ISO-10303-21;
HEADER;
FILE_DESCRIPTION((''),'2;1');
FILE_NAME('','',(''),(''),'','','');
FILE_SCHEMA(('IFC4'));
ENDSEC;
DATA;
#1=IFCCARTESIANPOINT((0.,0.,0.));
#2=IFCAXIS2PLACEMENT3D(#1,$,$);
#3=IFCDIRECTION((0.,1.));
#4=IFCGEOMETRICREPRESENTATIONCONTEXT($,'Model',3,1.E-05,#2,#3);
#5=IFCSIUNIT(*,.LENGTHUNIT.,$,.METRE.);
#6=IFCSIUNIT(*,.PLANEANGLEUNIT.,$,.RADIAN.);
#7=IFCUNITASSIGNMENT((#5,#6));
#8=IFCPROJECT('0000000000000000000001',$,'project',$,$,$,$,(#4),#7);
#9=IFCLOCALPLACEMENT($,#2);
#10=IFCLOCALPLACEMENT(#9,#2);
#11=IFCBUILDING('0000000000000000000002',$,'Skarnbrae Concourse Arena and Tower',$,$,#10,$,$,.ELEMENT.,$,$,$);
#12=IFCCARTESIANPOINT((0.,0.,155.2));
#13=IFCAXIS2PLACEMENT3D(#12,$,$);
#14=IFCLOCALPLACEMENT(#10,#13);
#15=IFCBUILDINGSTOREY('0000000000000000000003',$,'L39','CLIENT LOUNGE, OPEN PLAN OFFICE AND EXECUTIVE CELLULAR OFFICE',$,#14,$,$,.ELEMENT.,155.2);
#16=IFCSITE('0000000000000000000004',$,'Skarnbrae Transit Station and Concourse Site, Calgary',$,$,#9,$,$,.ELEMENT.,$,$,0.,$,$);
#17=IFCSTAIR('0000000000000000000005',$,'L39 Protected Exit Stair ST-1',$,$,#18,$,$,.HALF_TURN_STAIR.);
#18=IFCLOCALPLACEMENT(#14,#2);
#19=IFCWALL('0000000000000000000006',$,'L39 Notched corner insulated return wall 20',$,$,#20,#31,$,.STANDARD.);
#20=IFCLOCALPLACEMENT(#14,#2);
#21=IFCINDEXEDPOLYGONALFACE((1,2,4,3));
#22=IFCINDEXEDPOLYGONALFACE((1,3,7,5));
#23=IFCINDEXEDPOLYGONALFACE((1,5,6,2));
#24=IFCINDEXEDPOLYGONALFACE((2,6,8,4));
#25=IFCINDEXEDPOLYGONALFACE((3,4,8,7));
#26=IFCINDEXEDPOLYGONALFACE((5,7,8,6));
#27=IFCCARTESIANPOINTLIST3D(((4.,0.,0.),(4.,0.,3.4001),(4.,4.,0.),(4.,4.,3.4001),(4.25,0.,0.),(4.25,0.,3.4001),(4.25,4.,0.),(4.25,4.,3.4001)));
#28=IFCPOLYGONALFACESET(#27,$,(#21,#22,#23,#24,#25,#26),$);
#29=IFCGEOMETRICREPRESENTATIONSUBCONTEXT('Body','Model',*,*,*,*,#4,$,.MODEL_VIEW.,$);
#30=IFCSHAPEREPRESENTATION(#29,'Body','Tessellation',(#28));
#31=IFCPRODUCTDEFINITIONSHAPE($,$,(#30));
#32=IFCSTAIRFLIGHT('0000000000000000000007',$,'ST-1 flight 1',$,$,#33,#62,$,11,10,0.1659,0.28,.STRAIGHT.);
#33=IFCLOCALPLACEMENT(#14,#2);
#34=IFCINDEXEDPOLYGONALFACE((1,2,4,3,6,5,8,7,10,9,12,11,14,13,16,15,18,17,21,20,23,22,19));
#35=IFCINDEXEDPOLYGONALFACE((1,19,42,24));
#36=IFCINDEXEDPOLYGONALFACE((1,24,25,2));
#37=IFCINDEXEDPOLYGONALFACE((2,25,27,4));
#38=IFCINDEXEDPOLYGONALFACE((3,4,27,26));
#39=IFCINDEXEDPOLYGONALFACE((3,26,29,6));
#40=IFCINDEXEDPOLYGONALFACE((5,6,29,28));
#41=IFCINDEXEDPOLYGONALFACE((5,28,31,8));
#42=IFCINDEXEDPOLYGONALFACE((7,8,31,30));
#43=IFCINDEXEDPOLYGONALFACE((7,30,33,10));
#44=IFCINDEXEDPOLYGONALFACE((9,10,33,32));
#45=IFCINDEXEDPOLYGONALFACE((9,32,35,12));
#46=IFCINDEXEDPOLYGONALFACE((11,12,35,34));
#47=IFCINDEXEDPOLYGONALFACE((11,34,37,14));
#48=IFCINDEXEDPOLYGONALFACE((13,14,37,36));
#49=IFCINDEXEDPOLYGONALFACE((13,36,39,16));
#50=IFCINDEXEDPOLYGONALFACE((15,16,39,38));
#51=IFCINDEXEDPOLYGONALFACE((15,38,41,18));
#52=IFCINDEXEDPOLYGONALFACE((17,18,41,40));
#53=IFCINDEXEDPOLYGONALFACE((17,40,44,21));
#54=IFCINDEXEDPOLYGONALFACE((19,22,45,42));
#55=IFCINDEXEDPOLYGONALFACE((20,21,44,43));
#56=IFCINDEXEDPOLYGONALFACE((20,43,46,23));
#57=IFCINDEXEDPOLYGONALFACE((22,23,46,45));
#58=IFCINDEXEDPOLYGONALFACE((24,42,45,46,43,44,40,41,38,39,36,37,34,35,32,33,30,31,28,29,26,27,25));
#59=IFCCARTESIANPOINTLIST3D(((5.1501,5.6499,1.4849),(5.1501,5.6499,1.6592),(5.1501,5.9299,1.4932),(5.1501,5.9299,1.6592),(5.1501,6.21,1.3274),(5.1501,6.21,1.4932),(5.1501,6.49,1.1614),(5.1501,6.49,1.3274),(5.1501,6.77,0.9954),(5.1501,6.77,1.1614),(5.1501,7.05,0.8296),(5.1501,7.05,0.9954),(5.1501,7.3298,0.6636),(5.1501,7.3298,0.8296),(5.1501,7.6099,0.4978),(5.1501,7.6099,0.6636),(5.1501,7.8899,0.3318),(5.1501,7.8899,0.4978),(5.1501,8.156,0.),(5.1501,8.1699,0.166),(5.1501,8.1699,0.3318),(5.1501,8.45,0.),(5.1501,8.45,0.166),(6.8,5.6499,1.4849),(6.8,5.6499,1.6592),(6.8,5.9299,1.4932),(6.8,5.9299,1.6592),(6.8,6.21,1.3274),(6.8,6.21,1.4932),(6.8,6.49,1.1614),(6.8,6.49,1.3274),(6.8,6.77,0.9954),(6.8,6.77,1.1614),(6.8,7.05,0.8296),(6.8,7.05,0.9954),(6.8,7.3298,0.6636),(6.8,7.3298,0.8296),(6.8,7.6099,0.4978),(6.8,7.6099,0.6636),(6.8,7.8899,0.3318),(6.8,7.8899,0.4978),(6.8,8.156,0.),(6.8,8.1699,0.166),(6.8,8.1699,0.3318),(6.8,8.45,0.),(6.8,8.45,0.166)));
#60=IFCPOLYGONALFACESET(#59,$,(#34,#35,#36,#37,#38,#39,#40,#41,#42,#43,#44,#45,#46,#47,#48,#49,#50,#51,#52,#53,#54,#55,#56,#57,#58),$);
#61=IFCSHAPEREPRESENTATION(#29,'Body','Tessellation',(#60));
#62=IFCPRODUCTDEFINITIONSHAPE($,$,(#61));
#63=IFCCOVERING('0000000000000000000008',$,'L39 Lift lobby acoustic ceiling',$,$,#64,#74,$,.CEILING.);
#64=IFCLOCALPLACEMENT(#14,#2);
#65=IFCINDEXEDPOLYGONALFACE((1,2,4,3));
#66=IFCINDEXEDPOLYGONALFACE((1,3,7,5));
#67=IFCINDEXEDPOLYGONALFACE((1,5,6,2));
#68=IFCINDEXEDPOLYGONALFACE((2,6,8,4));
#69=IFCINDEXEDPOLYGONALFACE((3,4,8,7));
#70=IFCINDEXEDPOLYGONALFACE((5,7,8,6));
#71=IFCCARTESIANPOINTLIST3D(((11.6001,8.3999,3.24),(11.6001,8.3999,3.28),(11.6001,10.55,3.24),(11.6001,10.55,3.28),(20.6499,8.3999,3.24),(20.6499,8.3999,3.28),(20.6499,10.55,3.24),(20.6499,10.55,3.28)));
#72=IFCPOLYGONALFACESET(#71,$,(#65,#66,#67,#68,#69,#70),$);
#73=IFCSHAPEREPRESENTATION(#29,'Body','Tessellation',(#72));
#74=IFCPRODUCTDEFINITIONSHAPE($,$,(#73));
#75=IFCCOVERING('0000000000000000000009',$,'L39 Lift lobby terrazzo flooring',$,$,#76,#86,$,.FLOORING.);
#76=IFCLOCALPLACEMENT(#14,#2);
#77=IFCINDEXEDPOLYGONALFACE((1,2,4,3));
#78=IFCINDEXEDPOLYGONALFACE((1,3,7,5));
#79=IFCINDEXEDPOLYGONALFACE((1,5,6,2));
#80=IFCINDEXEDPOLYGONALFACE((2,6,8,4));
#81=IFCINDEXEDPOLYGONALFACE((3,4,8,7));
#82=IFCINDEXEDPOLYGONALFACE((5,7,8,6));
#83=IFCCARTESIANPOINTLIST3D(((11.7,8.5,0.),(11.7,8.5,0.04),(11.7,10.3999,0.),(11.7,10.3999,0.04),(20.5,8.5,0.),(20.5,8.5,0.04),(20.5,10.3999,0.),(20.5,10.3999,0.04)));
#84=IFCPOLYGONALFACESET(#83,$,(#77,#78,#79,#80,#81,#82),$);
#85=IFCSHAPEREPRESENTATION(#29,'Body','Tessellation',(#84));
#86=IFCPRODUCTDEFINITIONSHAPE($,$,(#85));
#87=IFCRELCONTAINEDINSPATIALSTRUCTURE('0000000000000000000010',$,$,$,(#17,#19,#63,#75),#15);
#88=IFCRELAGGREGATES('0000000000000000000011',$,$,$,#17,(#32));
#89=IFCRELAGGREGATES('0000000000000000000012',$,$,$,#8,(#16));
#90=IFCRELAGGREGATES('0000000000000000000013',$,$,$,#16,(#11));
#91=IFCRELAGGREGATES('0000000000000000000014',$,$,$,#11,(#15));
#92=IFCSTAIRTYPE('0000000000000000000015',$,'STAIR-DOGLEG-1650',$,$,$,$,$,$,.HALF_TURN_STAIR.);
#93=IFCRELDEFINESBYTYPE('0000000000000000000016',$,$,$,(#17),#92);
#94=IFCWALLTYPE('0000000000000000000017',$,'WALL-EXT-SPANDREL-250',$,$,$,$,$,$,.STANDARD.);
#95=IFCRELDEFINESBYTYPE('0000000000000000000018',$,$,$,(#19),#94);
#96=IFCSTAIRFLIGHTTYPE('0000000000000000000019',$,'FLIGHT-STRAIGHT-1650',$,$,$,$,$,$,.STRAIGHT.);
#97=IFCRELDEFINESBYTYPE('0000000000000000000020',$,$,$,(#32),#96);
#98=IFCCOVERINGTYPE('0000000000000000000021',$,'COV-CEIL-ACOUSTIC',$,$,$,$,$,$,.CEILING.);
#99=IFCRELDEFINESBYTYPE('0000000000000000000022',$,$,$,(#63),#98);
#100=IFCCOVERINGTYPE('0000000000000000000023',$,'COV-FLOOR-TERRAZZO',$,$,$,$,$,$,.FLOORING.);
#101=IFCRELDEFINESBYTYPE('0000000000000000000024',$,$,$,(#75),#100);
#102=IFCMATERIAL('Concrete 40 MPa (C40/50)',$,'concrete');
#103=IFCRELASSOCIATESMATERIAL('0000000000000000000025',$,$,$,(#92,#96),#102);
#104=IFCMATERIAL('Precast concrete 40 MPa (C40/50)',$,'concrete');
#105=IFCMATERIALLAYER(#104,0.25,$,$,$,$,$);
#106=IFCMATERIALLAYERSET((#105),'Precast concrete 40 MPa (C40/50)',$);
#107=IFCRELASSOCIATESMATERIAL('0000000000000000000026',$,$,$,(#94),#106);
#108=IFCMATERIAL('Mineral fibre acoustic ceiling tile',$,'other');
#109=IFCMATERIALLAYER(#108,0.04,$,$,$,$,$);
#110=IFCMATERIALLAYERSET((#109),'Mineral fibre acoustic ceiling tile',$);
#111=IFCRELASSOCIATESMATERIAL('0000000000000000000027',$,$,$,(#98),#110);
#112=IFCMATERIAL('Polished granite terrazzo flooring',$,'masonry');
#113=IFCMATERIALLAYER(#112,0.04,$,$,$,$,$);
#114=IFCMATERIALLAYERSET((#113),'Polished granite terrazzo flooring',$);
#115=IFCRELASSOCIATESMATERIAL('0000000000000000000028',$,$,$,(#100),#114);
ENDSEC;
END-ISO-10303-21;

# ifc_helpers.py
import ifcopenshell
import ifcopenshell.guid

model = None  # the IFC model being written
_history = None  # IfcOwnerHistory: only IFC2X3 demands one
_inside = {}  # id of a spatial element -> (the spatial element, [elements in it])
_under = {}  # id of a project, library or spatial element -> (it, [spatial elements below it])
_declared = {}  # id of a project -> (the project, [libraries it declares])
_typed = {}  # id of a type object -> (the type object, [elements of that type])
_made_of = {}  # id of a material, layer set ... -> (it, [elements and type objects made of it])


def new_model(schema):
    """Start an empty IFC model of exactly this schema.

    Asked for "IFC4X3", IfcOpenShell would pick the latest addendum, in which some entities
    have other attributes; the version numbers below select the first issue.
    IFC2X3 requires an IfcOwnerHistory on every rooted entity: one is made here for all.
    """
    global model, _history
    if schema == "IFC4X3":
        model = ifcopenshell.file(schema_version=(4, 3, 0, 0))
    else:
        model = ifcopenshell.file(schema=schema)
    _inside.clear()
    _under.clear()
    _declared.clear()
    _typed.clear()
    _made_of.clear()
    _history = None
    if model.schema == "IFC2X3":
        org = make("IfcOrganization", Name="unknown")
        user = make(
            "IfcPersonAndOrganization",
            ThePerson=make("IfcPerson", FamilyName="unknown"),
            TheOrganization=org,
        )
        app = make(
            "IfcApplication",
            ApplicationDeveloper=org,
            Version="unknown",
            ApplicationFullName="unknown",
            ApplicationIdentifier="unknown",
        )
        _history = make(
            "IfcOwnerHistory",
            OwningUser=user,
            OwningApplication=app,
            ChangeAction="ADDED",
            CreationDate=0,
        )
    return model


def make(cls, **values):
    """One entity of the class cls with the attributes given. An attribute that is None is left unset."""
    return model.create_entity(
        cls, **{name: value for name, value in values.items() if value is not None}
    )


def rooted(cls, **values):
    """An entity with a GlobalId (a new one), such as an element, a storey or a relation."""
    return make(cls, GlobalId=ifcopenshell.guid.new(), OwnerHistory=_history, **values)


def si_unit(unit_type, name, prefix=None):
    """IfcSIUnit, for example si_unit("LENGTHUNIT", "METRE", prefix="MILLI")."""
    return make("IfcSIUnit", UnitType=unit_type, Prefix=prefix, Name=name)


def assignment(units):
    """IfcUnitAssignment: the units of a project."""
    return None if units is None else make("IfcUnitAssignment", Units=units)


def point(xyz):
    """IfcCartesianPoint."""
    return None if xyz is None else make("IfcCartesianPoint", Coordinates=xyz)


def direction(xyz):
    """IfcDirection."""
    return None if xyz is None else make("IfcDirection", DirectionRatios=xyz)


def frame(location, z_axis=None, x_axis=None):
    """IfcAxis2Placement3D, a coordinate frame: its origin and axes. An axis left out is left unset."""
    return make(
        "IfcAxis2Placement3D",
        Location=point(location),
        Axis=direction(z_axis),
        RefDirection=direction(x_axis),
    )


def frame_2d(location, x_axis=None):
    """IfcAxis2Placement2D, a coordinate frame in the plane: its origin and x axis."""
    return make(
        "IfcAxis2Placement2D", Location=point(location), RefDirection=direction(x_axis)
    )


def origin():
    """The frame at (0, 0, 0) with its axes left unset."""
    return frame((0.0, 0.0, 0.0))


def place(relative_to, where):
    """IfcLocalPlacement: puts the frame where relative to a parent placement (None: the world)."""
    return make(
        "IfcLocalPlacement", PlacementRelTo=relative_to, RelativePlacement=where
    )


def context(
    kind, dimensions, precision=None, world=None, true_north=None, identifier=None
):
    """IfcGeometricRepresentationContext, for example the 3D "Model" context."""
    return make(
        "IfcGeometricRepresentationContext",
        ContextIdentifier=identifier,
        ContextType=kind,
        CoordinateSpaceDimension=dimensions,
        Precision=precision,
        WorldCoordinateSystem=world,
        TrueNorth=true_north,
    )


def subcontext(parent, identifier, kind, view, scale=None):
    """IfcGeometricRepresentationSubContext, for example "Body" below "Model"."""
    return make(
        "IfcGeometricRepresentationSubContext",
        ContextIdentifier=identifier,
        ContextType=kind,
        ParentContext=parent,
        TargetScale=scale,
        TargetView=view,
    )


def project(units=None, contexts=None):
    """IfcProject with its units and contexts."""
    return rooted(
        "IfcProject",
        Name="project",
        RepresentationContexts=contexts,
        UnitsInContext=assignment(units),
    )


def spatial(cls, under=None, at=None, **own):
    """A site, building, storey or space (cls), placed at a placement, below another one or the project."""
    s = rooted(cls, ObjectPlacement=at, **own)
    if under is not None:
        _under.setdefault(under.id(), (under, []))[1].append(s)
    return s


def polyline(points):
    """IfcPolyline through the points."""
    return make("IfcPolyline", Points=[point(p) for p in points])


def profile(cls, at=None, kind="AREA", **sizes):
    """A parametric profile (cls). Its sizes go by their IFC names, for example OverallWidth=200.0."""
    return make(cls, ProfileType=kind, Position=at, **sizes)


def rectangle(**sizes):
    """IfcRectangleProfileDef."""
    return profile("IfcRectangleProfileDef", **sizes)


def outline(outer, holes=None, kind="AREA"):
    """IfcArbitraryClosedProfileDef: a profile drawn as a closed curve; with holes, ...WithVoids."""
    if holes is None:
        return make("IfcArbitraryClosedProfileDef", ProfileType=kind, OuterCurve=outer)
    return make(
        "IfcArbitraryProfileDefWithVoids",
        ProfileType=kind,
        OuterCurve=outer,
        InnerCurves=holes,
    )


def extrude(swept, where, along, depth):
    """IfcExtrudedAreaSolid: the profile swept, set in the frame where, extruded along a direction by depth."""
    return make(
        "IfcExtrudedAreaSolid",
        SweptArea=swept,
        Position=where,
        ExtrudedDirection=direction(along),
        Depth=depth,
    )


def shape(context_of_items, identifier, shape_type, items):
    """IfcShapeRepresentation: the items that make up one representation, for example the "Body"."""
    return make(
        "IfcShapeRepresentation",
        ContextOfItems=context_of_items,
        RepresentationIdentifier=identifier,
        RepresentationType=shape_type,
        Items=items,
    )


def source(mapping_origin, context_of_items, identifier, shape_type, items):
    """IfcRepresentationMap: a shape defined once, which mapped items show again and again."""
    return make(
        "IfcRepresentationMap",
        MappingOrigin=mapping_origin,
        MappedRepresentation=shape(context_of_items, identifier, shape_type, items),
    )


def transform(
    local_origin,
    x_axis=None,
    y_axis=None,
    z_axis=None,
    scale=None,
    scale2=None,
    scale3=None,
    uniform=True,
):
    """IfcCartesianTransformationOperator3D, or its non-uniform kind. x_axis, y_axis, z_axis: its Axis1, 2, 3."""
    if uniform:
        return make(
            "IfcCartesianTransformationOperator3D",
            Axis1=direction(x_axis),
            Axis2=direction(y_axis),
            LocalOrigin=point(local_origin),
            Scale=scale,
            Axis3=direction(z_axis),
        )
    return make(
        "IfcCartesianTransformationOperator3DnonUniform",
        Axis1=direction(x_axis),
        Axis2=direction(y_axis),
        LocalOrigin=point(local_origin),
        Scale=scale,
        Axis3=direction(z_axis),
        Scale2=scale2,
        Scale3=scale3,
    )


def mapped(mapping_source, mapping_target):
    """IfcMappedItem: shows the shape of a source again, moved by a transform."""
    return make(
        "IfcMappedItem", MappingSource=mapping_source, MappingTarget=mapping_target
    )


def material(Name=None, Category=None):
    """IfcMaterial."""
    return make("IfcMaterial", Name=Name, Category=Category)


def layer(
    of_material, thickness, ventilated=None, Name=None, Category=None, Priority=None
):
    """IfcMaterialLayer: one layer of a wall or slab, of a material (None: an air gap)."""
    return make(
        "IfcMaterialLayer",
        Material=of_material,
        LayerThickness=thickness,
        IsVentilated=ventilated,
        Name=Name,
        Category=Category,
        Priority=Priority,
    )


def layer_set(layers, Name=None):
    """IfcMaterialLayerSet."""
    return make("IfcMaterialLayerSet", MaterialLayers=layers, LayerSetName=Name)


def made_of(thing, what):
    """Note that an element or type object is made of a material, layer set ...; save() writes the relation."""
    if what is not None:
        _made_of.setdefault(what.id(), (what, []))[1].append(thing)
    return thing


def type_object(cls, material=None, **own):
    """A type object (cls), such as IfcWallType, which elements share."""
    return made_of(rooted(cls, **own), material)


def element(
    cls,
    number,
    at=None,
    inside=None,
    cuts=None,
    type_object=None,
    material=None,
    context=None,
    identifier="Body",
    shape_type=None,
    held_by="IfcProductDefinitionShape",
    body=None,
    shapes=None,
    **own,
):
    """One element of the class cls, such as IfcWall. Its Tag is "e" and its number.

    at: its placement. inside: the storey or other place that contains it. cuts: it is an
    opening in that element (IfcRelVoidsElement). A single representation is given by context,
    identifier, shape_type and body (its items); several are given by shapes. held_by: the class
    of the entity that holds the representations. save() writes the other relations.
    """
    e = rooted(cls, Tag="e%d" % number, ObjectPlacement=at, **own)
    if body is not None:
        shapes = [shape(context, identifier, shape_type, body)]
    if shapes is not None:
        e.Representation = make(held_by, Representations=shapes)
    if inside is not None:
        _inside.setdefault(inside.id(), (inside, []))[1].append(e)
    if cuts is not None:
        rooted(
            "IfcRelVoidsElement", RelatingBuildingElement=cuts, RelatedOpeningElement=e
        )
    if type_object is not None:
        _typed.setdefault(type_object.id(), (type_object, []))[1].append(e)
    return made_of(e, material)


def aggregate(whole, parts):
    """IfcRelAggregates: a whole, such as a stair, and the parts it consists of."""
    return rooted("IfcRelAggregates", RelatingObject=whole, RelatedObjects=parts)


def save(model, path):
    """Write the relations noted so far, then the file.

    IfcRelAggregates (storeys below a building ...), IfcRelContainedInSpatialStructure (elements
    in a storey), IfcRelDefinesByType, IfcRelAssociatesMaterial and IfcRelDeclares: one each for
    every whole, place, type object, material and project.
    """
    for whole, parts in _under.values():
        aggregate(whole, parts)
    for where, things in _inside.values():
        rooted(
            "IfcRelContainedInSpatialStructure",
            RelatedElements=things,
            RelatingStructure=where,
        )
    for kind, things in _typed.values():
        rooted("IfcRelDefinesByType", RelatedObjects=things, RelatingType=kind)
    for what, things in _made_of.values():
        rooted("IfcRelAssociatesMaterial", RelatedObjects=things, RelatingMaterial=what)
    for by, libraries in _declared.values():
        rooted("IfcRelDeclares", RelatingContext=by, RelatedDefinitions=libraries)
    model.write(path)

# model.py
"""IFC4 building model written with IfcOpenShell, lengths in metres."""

from ifc_helpers import new_model, si_unit, direction, frame, frame_2d, origin, place, context, subcontext, project, spatial, polyline, rectangle, outline, extrude, source, transform, mapped, material, layer, layer_set, type_object, element, aggregate, save


model = new_model("IFC4")

# Units and contexts
model_context = context("Model", 3, precision=1e-05, world=origin(), true_north=direction((0.0, 1.0)))
body_context = subcontext(model_context, "Body", "Model", "MODEL_VIEW")
ifc_project = project(units=[si_unit("LENGTHUNIT", "METRE"), si_unit("PLANEANGLEUNIT", "RADIAN")], contexts=[model_context])

# Site, building, storey
site_placement = place(None, origin())
site = spatial("IfcSite", under=ifc_project, at=site_placement, Name="Skarnbrae Transit Station and Concourse Site, Calgary", CompositionType="ELEMENT", RefElevation=0.0)
building_placement = place(site_placement, origin())
building = spatial("IfcBuilding", under=site, at=building_placement, Name="Skarnbrae Concourse Arena and Tower", CompositionType="ELEMENT")
storey_placement = place(building_placement, frame((0.0, 0.0, 155.2)))
storey = spatial("IfcBuildingStorey", under=building, at=storey_placement, Name="L39", Description="CLIENT LOUNGE, OPEN PLAN OFFICE AND EXECUTIVE CELLULAR OFFICE", CompositionType="ELEMENT", Elevation=155.2)

# Stair
ifc_material_1 = material(Name="Concrete 40 MPa (C40/50)", Category="concrete")
stair_type = type_object("IfcStairType", Name="STAIR-DOGLEG-1650", PredefinedType="HALF_TURN_STAIR", material=ifc_material_1)
stair_1_placement = place(storey_placement, origin())
stair_1 = element("IfcStair", 1, at=stair_1_placement, inside=storey, type_object=stair_type, Name="L39 Protected Exit Stair ST-1", PredefinedType="HALF_TURN_STAIR")

# Wall
ifc_material_2 = material(Name="Precast concrete 40 MPa (C40/50)", Category="concrete")
ifc_layer_1 = layer(ifc_material_2, 0.25)
ifc_layer_set_1 = layer_set([ifc_layer_1], Name="Precast concrete 40 MPa (C40/50)")
wall_type_1 = type_object("IfcWallType", Name="WALL-EXT-SPANDREL-250", PredefinedType="STANDARD", material=ifc_layer_set_1)
shared_shape_1 = source(origin(), body_context, "Body", "SweptSolid", [
    extrude(rectangle(XDim=4.0, YDim=0.25, at=frame_2d((2.0, 0.0))), origin(), (0.0, 0.0, 1.0), 3.4001),
])
for number, where, z_axis, x_axis, name in (
    (2, (4.125, 4.0, 0.0), (0.0, 0.0, 1.0), (0.0, -1.0, 0.0), "L39 Notched corner insulated return wall 20"),
):
    element("IfcWall", number, at=place(storey_placement, frame(where, z_axis=z_axis, x_axis=x_axis)), inside=storey, type_object=wall_type_1, Name=name, PredefinedType="STANDARD", context=body_context, shape_type="MappedRepresentation", body=[
        mapped(shared_shape_1, transform((0.0, 0.0, 0.0))),
    ])

# Stair flight
stair_flight_type = type_object("IfcStairFlightType", Name="FLIGHT-STRAIGHT-1650", PredefinedType="STRAIGHT", material=ifc_material_1)
shared_shape_2 = source(origin(), body_context, "Body", "SweptSolid", [
    extrude(outline(polyline([(0.0, 0.0), (0.0, 0.166), (0.28, 0.166), (0.28, 0.3318), (0.5601, 0.3318), (0.5601, 0.4978), (0.8401, 0.4978), (0.8401, 0.6636), (1.1201, 0.6636), (1.1201, 0.8296), (1.3999, 0.8296), (1.3999, 0.9954), (1.6799, 0.9954), (1.6799, 1.1614), (1.96, 1.1614), (1.96, 1.3274), (2.24, 1.3274), (2.24, 1.4932), (2.52, 1.4932), (2.52, 1.6592), (2.8, 1.6592), (2.8, 1.825), (2.8, 1.4849), (0.2939, 0.0), (0.0, 0.0)])), frame((0.0, 0.825, 0.0), z_axis=(0.0, -1.0, 0.0), x_axis=(1.0, 0.0, 0.0)), (0.0, 0.0, 1.0), 1.6499),
])
stair_flight_placement = place(storey_placement, frame((5.9751, 8.45, 0.0), z_axis=(0.0, 0.0, 1.0), x_axis=(0.0, -1.0, 0.0)))
stair_flight = element("IfcStairFlight", 3, at=stair_flight_placement, type_object=stair_flight_type, Name="ST-1 flight 1", NumberOfRisers=11, NumberOfTreads=10, PredefinedType="STRAIGHT", RiserHeight=0.1659, TreadLength=0.28, context=body_context, shape_type="MappedRepresentation", body=[
    mapped(shared_shape_2, transform((0.0, 0.0, 0.0))),
])
aggregate(stair_1, [stair_flight])

# Coverings
ifc_material_3 = material(Name="Mineral fibre acoustic ceiling tile", Category="other")
ifc_layer_2 = layer(ifc_material_3, 0.04)
ifc_layer_set_2 = layer_set([ifc_layer_2], Name="Mineral fibre acoustic ceiling tile")
covering_type_1 = type_object("IfcCoveringType", Name="COV-CEIL-ACOUSTIC", PredefinedType="CEILING", material=ifc_layer_set_2)
covering_1_placement = place(storey_placement, frame((0.0, 0.0, 3.24)))
element("IfcCovering", 4, at=covering_1_placement, inside=storey, type_object=covering_type_1, Name="L39 Lift lobby acoustic ceiling", PredefinedType="CEILING", context=body_context, shape_type="SweptSolid", body=[
    extrude(outline(polyline([(11.6001, 8.3999), (20.6499, 8.3999), (20.6499, 10.55), (11.6001, 10.55), (11.6001, 8.3999)])), origin(), (0.0, 0.0, 1.0), 0.04),
])
ifc_material_4 = material(Name="Polished granite terrazzo flooring", Category="masonry")
ifc_layer_3 = layer(ifc_material_4, 0.04)
ifc_layer_set_3 = layer_set([ifc_layer_3], Name="Polished granite terrazzo flooring")
covering_type_2 = type_object("IfcCoveringType", Name="COV-FLOOR-TERRAZZO", PredefinedType="FLOORING", material=ifc_layer_set_3)
covering_2_placement = place(storey_placement, origin())
element("IfcCovering", 5, at=covering_2_placement, inside=storey, type_object=covering_type_2, Name="L39 Lift lobby terrazzo flooring", PredefinedType="FLOORING", context=body_context, shape_type="SweptSolid", body=[
    extrude(outline(polyline([(11.7, 8.5), (20.5, 8.5), (20.5, 10.3999), (11.7, 10.3999), (11.7, 8.5)])), origin(), (0.0, 0.0, 1.0), 0.04),
])

save(model, "model.ifc")
